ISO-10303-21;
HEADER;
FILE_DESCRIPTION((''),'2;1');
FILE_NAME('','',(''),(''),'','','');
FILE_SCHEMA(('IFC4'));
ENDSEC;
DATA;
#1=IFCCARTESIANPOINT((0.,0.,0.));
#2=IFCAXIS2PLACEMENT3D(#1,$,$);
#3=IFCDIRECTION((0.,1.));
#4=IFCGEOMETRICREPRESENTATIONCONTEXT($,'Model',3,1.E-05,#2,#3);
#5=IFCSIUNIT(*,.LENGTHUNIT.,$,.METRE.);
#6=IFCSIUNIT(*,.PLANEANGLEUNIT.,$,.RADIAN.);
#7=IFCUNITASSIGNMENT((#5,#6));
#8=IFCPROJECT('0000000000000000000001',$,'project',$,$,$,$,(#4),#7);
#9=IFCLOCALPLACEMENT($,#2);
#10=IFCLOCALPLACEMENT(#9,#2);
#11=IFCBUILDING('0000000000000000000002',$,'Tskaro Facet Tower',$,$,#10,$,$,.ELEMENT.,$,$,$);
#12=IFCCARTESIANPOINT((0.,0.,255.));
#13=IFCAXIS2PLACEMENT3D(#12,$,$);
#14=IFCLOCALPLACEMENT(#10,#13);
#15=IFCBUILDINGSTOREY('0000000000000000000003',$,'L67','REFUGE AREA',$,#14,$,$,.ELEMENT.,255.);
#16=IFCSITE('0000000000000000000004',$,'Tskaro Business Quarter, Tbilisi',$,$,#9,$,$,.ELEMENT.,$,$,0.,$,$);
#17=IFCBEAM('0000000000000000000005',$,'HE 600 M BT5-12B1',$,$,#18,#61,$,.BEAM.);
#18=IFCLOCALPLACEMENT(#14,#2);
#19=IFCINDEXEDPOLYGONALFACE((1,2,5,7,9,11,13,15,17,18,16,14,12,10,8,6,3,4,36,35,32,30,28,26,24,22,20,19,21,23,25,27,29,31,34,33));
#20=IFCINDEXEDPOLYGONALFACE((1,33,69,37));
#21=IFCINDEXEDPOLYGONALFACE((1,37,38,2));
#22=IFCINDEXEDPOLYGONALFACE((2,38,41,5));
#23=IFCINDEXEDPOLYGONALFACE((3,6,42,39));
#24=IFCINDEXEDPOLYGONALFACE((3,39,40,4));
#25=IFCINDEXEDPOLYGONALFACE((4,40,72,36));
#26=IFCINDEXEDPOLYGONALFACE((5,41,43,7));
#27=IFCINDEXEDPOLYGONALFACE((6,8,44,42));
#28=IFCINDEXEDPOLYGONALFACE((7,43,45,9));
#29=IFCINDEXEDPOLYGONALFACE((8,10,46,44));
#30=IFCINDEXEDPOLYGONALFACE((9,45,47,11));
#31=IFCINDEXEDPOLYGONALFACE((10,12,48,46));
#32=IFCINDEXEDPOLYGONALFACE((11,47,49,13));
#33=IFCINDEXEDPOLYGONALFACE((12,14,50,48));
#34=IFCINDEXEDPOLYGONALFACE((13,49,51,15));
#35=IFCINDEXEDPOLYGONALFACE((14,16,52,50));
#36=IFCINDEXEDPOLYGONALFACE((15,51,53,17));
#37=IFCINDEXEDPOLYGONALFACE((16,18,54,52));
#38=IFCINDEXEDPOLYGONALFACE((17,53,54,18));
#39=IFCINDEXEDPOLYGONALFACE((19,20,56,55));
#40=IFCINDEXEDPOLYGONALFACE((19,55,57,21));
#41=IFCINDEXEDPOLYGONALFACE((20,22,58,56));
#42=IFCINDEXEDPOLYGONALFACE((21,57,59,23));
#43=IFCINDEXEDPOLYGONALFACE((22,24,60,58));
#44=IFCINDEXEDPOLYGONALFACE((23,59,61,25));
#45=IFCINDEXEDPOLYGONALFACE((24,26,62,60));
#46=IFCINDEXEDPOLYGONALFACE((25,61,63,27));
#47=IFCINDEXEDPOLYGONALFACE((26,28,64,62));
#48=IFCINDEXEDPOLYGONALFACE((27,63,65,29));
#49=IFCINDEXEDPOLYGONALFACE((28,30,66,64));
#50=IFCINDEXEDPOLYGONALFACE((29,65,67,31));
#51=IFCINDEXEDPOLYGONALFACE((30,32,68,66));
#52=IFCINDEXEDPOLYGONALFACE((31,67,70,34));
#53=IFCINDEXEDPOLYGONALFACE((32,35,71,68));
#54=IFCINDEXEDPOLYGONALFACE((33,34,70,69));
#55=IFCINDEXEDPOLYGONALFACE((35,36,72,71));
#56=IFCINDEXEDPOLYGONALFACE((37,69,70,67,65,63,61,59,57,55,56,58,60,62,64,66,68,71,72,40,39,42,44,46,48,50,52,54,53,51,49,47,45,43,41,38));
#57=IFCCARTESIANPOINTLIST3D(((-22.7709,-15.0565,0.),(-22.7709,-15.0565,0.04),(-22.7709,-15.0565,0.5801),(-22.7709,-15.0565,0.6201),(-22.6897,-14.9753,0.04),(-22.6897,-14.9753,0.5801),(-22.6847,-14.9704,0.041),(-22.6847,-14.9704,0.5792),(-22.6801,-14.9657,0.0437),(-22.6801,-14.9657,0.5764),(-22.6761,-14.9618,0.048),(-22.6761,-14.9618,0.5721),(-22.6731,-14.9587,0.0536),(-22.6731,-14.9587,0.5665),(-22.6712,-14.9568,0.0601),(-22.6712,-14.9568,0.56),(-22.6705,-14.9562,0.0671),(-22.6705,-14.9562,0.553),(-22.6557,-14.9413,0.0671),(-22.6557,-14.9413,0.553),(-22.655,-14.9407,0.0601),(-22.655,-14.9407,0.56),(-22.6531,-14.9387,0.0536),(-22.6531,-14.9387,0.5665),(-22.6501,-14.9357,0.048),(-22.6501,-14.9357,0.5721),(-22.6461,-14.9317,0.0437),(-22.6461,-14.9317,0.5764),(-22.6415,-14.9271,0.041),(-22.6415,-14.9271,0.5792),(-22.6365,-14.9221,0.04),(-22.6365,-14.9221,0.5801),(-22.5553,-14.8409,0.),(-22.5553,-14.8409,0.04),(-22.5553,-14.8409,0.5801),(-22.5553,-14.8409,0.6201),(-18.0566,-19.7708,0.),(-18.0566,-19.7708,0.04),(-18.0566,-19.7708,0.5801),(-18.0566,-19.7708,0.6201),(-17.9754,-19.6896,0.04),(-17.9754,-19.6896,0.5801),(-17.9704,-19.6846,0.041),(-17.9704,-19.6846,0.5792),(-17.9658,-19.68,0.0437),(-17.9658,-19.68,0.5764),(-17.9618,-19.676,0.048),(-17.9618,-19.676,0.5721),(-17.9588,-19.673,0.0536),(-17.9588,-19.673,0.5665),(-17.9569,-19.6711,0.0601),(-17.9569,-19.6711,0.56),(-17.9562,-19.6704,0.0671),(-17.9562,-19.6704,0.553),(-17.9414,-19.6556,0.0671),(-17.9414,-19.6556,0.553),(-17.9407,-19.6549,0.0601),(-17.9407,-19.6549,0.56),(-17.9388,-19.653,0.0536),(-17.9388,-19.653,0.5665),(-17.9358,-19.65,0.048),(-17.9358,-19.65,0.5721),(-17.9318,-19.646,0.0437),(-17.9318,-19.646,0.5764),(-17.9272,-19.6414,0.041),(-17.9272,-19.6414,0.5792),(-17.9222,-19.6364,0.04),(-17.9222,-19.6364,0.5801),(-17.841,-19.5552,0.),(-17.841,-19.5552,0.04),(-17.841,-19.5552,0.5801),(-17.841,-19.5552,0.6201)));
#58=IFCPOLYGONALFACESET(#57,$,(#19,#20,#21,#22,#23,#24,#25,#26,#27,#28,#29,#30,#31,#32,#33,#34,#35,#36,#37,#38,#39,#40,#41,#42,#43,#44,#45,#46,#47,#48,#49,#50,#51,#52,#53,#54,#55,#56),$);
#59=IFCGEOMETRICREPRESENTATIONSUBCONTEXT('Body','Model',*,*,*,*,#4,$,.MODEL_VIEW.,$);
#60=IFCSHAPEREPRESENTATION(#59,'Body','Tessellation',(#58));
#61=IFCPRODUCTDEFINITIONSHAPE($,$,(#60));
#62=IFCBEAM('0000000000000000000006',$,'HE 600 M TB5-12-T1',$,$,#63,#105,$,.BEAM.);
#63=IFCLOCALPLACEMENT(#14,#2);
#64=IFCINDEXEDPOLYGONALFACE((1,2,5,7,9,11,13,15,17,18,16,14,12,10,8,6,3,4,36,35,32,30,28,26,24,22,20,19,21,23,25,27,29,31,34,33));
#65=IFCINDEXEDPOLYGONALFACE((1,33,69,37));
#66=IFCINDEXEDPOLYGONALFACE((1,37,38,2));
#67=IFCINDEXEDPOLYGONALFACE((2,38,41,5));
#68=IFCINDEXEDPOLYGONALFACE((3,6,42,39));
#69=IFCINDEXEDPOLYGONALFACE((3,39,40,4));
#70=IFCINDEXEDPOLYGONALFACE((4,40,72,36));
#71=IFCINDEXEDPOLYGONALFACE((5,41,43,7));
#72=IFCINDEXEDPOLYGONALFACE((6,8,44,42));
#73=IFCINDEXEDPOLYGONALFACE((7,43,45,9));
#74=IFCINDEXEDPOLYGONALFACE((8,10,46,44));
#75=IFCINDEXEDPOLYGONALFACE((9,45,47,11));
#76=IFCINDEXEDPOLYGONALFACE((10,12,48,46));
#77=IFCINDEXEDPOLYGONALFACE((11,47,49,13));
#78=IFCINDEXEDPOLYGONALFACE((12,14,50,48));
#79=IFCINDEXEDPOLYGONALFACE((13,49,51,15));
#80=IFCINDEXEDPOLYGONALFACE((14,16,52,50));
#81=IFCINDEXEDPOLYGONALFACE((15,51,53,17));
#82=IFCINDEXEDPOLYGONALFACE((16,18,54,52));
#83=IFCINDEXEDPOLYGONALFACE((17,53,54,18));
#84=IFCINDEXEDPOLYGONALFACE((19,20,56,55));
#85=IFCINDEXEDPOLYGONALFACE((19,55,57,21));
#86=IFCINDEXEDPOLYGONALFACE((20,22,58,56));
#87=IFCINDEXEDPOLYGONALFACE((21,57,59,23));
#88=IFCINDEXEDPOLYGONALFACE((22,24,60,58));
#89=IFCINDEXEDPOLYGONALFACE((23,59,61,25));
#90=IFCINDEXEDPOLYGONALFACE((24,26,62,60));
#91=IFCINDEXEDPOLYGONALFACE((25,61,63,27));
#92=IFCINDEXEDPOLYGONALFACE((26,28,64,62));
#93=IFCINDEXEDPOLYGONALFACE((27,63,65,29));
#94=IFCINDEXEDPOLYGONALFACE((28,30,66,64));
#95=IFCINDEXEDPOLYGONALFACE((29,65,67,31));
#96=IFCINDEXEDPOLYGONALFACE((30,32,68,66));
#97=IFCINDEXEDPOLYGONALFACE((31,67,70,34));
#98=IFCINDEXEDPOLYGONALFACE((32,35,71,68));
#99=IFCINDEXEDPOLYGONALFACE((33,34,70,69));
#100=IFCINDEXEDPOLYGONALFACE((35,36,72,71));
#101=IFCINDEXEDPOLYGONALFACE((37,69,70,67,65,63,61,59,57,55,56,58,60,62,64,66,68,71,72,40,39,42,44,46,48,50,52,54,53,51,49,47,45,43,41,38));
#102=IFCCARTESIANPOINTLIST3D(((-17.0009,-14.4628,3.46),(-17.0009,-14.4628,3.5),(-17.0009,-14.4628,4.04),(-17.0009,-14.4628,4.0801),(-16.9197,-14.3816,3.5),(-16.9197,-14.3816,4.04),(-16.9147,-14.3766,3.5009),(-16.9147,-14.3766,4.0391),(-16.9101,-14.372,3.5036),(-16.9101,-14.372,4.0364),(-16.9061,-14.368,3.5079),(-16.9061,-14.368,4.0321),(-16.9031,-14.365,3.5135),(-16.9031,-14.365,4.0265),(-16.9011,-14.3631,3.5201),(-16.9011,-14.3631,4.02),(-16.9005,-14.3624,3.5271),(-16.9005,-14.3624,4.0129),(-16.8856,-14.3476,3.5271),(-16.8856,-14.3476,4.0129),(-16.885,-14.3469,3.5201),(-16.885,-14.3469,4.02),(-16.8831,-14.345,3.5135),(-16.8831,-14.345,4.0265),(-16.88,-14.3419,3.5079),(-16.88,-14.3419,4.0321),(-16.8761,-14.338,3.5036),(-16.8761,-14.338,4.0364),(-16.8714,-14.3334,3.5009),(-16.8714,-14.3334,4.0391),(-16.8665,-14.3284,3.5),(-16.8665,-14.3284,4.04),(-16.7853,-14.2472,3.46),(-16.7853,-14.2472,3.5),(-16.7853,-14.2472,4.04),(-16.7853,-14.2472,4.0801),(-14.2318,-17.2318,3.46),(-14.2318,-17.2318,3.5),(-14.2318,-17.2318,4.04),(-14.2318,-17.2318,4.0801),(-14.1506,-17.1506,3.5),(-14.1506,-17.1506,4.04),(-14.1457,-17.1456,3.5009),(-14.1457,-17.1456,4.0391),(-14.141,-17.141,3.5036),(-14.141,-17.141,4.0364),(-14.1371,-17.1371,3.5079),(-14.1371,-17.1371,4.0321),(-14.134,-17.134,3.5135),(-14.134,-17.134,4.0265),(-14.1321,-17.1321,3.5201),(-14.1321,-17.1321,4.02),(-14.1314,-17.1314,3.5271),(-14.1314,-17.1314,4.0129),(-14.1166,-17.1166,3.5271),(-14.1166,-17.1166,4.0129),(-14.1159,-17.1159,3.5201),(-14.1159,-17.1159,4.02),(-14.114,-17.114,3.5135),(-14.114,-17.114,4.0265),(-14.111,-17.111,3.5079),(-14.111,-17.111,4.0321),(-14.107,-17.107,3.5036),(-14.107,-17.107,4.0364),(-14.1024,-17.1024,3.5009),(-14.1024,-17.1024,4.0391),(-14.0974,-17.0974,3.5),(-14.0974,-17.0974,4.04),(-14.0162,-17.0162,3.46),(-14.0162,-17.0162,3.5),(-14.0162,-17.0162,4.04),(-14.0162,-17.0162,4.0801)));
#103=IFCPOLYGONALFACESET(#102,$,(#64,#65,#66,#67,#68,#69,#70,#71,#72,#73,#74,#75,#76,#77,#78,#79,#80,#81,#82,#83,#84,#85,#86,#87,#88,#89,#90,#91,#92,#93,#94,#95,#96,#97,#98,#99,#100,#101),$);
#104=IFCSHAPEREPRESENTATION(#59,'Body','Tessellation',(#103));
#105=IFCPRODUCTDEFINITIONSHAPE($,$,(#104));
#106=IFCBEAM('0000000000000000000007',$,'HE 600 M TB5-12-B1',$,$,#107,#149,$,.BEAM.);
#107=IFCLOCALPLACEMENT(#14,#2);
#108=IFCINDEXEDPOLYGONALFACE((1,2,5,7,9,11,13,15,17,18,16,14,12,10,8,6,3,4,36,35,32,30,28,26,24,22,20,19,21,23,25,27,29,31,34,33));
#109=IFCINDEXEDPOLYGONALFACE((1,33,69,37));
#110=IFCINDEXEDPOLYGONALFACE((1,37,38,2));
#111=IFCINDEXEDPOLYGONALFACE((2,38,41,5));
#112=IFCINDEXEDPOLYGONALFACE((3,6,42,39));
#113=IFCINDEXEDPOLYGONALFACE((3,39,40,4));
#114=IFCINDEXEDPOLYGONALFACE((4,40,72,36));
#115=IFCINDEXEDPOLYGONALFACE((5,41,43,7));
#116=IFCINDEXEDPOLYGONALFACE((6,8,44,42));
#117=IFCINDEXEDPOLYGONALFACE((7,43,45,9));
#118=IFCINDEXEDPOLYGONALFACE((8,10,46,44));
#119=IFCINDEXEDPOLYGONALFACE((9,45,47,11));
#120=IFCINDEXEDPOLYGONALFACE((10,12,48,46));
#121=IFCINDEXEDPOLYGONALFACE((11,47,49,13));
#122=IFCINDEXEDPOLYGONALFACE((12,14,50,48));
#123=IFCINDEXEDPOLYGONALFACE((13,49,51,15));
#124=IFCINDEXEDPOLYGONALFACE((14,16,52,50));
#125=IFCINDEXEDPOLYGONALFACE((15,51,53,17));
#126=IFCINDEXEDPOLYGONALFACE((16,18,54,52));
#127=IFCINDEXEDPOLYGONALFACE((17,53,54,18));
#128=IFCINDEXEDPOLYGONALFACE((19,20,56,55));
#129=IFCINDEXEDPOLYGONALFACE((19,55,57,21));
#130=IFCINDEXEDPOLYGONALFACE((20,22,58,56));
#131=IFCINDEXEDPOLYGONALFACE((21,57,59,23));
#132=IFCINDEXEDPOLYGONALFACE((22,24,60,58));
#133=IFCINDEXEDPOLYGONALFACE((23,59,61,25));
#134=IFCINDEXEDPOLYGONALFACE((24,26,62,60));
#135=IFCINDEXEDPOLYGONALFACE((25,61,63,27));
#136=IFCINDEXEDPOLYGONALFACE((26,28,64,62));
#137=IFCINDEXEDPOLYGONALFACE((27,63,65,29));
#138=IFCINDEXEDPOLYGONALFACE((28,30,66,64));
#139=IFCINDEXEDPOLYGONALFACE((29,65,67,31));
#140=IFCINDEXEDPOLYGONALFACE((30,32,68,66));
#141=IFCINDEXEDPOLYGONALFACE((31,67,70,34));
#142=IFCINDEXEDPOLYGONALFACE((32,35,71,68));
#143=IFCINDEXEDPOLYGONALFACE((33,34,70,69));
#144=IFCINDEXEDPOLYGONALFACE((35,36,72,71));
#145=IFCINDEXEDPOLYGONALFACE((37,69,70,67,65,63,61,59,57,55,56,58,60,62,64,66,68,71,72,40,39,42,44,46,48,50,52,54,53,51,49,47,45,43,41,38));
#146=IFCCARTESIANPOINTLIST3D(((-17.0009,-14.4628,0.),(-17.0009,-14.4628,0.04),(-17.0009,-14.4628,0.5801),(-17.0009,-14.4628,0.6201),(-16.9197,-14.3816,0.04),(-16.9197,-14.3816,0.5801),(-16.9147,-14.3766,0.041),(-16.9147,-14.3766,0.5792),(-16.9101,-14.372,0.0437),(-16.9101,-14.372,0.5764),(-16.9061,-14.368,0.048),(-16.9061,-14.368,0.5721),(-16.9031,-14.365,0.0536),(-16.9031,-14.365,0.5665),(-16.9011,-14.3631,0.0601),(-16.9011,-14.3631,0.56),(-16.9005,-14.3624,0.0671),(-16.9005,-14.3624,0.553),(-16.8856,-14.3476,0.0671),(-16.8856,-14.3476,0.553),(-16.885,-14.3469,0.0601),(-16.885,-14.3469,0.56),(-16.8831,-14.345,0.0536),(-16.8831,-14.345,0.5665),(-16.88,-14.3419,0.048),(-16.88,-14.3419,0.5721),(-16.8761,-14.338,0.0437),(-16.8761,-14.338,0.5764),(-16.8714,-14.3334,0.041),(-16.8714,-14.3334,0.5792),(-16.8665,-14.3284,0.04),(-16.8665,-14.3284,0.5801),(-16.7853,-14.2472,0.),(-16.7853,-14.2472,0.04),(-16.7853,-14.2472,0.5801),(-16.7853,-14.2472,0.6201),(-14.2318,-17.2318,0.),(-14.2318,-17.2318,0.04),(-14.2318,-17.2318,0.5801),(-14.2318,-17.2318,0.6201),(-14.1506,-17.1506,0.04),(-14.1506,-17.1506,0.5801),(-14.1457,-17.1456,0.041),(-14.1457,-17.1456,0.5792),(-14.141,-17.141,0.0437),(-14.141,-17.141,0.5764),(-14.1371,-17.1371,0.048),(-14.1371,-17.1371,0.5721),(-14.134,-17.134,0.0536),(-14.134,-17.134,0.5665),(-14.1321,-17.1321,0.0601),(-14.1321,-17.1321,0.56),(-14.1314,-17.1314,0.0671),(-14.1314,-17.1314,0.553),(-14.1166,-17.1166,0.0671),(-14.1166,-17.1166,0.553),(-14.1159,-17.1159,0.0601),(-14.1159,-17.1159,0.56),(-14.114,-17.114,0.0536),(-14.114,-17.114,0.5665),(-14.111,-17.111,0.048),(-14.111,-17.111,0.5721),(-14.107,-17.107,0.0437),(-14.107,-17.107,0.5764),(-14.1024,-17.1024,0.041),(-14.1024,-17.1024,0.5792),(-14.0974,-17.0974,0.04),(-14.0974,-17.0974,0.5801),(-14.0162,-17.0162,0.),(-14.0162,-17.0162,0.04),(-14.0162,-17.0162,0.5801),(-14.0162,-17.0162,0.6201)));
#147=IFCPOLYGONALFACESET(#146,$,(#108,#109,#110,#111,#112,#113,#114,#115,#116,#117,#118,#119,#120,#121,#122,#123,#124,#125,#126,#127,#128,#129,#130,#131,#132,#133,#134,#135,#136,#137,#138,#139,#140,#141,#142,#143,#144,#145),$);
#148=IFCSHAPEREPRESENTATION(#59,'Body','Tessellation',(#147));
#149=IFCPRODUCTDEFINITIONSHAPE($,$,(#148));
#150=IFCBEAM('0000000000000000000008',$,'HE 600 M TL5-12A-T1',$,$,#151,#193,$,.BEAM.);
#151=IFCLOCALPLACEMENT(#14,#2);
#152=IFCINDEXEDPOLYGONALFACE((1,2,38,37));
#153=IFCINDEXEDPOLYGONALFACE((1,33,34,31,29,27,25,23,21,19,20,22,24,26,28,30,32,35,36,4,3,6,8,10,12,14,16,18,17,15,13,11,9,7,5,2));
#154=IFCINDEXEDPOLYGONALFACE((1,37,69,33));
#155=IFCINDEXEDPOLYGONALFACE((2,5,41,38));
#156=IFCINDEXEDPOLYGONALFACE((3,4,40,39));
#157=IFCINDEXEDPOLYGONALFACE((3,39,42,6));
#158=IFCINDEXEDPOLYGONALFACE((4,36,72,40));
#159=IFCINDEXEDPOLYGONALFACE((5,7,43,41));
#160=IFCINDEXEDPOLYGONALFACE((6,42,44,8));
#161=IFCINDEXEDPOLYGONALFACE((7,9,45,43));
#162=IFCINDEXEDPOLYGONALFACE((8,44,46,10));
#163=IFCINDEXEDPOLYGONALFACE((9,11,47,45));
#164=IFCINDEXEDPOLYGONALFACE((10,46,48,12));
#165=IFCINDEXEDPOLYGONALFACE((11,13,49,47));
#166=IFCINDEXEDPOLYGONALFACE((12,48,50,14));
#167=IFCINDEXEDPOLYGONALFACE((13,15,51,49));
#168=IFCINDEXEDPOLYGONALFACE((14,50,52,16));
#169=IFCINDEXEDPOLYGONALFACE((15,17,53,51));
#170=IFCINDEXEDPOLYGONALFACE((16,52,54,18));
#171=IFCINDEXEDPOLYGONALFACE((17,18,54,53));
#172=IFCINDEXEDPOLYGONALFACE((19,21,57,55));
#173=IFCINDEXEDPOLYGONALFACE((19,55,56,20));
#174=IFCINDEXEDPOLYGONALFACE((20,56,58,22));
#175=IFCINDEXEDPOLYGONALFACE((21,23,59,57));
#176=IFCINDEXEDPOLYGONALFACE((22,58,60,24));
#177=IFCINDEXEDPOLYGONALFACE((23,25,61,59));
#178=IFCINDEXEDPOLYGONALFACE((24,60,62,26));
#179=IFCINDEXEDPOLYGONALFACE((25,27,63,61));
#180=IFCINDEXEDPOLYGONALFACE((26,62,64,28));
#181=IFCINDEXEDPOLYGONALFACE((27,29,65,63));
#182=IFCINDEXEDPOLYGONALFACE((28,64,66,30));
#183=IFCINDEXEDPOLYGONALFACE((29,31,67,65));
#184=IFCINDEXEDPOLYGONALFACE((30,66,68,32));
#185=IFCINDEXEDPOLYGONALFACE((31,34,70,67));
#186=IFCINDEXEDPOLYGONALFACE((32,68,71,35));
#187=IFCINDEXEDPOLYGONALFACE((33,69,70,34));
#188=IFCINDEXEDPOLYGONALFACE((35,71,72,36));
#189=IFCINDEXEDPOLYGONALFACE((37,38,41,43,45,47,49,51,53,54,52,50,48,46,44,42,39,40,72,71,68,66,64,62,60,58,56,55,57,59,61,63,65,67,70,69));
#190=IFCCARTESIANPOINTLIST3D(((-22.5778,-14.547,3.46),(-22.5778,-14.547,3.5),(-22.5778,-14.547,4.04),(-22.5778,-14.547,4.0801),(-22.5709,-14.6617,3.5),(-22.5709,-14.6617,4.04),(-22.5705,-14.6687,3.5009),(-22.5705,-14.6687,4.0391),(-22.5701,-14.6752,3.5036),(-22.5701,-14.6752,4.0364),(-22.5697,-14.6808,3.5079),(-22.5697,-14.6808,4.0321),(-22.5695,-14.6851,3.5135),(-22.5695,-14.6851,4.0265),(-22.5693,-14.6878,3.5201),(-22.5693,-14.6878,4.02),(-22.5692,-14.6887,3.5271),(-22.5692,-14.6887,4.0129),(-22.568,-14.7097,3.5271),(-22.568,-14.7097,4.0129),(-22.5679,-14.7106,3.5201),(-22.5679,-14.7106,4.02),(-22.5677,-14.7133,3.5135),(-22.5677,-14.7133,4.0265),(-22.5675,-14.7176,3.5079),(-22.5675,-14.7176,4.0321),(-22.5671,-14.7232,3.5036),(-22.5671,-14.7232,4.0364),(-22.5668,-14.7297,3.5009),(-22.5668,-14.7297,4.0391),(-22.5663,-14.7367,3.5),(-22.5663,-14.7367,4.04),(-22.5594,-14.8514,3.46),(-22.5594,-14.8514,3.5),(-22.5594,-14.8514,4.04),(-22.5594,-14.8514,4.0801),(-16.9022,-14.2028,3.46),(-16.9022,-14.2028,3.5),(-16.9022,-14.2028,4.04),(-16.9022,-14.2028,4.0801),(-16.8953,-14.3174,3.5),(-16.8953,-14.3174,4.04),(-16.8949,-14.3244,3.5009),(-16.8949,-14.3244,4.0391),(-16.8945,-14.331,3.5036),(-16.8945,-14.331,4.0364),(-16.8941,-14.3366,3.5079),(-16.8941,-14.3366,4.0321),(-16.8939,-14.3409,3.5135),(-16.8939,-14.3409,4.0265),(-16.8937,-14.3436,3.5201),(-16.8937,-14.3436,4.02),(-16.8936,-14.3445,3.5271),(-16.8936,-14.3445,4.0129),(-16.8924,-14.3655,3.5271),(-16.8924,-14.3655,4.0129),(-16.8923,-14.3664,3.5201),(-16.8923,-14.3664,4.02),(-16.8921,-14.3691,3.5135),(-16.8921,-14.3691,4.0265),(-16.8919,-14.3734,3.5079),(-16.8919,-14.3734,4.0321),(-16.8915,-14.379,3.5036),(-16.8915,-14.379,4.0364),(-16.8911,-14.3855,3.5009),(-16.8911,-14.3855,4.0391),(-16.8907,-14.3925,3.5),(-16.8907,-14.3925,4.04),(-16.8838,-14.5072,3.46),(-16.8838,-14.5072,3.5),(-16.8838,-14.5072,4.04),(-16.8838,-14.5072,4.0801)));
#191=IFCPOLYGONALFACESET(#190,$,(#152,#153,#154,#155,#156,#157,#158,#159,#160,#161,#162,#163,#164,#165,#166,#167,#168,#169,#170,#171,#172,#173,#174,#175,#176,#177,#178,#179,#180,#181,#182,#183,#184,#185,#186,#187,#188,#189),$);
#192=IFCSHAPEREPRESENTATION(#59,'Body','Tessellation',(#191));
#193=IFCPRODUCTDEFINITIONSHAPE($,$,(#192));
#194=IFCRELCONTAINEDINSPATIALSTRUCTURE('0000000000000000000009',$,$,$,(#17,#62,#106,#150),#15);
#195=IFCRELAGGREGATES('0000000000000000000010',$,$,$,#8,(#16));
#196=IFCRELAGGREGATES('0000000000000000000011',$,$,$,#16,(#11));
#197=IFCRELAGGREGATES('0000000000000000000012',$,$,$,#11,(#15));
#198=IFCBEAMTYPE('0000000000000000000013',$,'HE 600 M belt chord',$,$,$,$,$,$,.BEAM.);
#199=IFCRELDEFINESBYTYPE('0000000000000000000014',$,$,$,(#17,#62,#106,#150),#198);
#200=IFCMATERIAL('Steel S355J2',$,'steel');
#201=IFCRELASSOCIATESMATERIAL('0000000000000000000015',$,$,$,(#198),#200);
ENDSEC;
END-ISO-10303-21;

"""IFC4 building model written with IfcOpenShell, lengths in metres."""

from ifc_helpers import new_model, si_unit, direction, frame, origin, origin_2d, place, context, subcontext, project, spatial, i_section, extrude, material, material_profile, profile_set, type_object, element, save


model = new_model("IFC4")

# Units and contexts
model_context = context("Model", 3, precision=1e-05, world=origin(), true_north=direction((0.0, 1.0)))
body_context = subcontext(model_context, "Body", "Model", "MODEL_VIEW")
ifc_project = project(units=[si_unit("LENGTHUNIT", "METRE"), si_unit("PLANEANGLEUNIT", "RADIAN")], contexts=[model_context])

# Site, building, storey
site_placement = place(None, origin())
site = spatial("IfcSite", under=ifc_project, at=site_placement, Name="Tskaro Business Quarter, Tbilisi", CompositionType="ELEMENT", RefElevation=0.0)
building_placement = place(site_placement, origin())
building = spatial("IfcBuilding", under=site, at=building_placement, Name="Tskaro Facet Tower", CompositionType="ELEMENT")
storey_placement = place(building_placement, frame((0.0, 0.0, 255.0)))
storey = spatial("IfcBuildingStorey", under=building, at=storey_placement, Name="L67", Description="REFUGE AREA", CompositionType="ELEMENT", Elevation=255.0)

# Shared definitions
ifc_material_1 = material(Name="Steel S355J2", Category="steel")

# Beams
ifc_material_profile_1 = material_profile(ifc_material_1, i_section(OverallWidth=0.3049, OverallDepth=0.6201, WebThickness=0.021, FlangeThickness=0.04, FilletRadius=0.0271, at=origin_2d()), Name="HE 600 M")
ifc_profile_set_1 = profile_set([ifc_material_profile_1], Name="Steel S355J2")
beam_type_1 = type_object("IfcBeamType", Name="HE 600 M belt chord", PredefinedType="BEAM", material=ifc_profile_set_1)
beam_1_placement = place(storey_placement, frame((-22.6631, -14.9487, 0.3101), z_axis=(0.707107, -0.707107, 0.0), x_axis=(0.707107, 0.707107, 0.0)))
element("IfcBeam", 1, at=beam_1_placement, inside=storey, type_object=beam_type_1, Name="HE 600 M BT5-12B1", PredefinedType="BEAM", context=body_context, shape_type="SweptSolid", body=[
    extrude(i_section(OverallWidth=0.3049, OverallDepth=0.6201, WebThickness=0.021, FlangeThickness=0.04, FilletRadius=0.0271, at=origin_2d()), origin(), (0.0, 0.0, 1.0), 6.667),
])
for number, where, z_axis, x_axis, name in (
    (2, (-16.8931, -14.355, 3.77), (0.707107, -0.707107, 0.0), (0.707107, 0.707107, 0.0), "HE 600 M TB5-12-T1"),
    (3, (-16.8931, -14.355, 0.3101), (0.707107, -0.707107, 0.0), (0.707107, 0.707107, 0.0), "HE 600 M TB5-12-B1"),
):
    element("IfcBeam", number, at=place(storey_placement, frame(where, z_axis=z_axis, x_axis=x_axis)), inside=storey, type_object=beam_type_1, Name=name, PredefinedType="BEAM", context=body_context, shape_type="SweptSolid", body=[
        extrude(i_section(OverallWidth=0.3049, OverallDepth=0.6201, WebThickness=0.021, FlangeThickness=0.04, FilletRadius=0.0271, at=origin_2d()), origin(), (0.0, 0.0, 1.0), 3.916),
    ])
for number, where, z_axis, x_axis, name in (
    (4, (-22.5686, -14.6992, 3.77), (0.998166, 0.060542, 0.0), (-0.060542, 0.998166, 0.0), "HE 600 M TL5-12A-T1"),
):
    element("IfcBeam", number, at=place(storey_placement, frame(where, z_axis=z_axis, x_axis=x_axis)), inside=storey, type_object=beam_type_1, Name=name, PredefinedType="BEAM", context=body_context, shape_type="SweptSolid", body=[
        extrude(i_section(OverallWidth=0.3049, OverallDepth=0.6201, WebThickness=0.021, FlangeThickness=0.04, FilletRadius=0.0271, at=origin_2d()), origin(), (0.0, 0.0, 1.0), 5.686),
    ])

save(model, "model.ifc")
